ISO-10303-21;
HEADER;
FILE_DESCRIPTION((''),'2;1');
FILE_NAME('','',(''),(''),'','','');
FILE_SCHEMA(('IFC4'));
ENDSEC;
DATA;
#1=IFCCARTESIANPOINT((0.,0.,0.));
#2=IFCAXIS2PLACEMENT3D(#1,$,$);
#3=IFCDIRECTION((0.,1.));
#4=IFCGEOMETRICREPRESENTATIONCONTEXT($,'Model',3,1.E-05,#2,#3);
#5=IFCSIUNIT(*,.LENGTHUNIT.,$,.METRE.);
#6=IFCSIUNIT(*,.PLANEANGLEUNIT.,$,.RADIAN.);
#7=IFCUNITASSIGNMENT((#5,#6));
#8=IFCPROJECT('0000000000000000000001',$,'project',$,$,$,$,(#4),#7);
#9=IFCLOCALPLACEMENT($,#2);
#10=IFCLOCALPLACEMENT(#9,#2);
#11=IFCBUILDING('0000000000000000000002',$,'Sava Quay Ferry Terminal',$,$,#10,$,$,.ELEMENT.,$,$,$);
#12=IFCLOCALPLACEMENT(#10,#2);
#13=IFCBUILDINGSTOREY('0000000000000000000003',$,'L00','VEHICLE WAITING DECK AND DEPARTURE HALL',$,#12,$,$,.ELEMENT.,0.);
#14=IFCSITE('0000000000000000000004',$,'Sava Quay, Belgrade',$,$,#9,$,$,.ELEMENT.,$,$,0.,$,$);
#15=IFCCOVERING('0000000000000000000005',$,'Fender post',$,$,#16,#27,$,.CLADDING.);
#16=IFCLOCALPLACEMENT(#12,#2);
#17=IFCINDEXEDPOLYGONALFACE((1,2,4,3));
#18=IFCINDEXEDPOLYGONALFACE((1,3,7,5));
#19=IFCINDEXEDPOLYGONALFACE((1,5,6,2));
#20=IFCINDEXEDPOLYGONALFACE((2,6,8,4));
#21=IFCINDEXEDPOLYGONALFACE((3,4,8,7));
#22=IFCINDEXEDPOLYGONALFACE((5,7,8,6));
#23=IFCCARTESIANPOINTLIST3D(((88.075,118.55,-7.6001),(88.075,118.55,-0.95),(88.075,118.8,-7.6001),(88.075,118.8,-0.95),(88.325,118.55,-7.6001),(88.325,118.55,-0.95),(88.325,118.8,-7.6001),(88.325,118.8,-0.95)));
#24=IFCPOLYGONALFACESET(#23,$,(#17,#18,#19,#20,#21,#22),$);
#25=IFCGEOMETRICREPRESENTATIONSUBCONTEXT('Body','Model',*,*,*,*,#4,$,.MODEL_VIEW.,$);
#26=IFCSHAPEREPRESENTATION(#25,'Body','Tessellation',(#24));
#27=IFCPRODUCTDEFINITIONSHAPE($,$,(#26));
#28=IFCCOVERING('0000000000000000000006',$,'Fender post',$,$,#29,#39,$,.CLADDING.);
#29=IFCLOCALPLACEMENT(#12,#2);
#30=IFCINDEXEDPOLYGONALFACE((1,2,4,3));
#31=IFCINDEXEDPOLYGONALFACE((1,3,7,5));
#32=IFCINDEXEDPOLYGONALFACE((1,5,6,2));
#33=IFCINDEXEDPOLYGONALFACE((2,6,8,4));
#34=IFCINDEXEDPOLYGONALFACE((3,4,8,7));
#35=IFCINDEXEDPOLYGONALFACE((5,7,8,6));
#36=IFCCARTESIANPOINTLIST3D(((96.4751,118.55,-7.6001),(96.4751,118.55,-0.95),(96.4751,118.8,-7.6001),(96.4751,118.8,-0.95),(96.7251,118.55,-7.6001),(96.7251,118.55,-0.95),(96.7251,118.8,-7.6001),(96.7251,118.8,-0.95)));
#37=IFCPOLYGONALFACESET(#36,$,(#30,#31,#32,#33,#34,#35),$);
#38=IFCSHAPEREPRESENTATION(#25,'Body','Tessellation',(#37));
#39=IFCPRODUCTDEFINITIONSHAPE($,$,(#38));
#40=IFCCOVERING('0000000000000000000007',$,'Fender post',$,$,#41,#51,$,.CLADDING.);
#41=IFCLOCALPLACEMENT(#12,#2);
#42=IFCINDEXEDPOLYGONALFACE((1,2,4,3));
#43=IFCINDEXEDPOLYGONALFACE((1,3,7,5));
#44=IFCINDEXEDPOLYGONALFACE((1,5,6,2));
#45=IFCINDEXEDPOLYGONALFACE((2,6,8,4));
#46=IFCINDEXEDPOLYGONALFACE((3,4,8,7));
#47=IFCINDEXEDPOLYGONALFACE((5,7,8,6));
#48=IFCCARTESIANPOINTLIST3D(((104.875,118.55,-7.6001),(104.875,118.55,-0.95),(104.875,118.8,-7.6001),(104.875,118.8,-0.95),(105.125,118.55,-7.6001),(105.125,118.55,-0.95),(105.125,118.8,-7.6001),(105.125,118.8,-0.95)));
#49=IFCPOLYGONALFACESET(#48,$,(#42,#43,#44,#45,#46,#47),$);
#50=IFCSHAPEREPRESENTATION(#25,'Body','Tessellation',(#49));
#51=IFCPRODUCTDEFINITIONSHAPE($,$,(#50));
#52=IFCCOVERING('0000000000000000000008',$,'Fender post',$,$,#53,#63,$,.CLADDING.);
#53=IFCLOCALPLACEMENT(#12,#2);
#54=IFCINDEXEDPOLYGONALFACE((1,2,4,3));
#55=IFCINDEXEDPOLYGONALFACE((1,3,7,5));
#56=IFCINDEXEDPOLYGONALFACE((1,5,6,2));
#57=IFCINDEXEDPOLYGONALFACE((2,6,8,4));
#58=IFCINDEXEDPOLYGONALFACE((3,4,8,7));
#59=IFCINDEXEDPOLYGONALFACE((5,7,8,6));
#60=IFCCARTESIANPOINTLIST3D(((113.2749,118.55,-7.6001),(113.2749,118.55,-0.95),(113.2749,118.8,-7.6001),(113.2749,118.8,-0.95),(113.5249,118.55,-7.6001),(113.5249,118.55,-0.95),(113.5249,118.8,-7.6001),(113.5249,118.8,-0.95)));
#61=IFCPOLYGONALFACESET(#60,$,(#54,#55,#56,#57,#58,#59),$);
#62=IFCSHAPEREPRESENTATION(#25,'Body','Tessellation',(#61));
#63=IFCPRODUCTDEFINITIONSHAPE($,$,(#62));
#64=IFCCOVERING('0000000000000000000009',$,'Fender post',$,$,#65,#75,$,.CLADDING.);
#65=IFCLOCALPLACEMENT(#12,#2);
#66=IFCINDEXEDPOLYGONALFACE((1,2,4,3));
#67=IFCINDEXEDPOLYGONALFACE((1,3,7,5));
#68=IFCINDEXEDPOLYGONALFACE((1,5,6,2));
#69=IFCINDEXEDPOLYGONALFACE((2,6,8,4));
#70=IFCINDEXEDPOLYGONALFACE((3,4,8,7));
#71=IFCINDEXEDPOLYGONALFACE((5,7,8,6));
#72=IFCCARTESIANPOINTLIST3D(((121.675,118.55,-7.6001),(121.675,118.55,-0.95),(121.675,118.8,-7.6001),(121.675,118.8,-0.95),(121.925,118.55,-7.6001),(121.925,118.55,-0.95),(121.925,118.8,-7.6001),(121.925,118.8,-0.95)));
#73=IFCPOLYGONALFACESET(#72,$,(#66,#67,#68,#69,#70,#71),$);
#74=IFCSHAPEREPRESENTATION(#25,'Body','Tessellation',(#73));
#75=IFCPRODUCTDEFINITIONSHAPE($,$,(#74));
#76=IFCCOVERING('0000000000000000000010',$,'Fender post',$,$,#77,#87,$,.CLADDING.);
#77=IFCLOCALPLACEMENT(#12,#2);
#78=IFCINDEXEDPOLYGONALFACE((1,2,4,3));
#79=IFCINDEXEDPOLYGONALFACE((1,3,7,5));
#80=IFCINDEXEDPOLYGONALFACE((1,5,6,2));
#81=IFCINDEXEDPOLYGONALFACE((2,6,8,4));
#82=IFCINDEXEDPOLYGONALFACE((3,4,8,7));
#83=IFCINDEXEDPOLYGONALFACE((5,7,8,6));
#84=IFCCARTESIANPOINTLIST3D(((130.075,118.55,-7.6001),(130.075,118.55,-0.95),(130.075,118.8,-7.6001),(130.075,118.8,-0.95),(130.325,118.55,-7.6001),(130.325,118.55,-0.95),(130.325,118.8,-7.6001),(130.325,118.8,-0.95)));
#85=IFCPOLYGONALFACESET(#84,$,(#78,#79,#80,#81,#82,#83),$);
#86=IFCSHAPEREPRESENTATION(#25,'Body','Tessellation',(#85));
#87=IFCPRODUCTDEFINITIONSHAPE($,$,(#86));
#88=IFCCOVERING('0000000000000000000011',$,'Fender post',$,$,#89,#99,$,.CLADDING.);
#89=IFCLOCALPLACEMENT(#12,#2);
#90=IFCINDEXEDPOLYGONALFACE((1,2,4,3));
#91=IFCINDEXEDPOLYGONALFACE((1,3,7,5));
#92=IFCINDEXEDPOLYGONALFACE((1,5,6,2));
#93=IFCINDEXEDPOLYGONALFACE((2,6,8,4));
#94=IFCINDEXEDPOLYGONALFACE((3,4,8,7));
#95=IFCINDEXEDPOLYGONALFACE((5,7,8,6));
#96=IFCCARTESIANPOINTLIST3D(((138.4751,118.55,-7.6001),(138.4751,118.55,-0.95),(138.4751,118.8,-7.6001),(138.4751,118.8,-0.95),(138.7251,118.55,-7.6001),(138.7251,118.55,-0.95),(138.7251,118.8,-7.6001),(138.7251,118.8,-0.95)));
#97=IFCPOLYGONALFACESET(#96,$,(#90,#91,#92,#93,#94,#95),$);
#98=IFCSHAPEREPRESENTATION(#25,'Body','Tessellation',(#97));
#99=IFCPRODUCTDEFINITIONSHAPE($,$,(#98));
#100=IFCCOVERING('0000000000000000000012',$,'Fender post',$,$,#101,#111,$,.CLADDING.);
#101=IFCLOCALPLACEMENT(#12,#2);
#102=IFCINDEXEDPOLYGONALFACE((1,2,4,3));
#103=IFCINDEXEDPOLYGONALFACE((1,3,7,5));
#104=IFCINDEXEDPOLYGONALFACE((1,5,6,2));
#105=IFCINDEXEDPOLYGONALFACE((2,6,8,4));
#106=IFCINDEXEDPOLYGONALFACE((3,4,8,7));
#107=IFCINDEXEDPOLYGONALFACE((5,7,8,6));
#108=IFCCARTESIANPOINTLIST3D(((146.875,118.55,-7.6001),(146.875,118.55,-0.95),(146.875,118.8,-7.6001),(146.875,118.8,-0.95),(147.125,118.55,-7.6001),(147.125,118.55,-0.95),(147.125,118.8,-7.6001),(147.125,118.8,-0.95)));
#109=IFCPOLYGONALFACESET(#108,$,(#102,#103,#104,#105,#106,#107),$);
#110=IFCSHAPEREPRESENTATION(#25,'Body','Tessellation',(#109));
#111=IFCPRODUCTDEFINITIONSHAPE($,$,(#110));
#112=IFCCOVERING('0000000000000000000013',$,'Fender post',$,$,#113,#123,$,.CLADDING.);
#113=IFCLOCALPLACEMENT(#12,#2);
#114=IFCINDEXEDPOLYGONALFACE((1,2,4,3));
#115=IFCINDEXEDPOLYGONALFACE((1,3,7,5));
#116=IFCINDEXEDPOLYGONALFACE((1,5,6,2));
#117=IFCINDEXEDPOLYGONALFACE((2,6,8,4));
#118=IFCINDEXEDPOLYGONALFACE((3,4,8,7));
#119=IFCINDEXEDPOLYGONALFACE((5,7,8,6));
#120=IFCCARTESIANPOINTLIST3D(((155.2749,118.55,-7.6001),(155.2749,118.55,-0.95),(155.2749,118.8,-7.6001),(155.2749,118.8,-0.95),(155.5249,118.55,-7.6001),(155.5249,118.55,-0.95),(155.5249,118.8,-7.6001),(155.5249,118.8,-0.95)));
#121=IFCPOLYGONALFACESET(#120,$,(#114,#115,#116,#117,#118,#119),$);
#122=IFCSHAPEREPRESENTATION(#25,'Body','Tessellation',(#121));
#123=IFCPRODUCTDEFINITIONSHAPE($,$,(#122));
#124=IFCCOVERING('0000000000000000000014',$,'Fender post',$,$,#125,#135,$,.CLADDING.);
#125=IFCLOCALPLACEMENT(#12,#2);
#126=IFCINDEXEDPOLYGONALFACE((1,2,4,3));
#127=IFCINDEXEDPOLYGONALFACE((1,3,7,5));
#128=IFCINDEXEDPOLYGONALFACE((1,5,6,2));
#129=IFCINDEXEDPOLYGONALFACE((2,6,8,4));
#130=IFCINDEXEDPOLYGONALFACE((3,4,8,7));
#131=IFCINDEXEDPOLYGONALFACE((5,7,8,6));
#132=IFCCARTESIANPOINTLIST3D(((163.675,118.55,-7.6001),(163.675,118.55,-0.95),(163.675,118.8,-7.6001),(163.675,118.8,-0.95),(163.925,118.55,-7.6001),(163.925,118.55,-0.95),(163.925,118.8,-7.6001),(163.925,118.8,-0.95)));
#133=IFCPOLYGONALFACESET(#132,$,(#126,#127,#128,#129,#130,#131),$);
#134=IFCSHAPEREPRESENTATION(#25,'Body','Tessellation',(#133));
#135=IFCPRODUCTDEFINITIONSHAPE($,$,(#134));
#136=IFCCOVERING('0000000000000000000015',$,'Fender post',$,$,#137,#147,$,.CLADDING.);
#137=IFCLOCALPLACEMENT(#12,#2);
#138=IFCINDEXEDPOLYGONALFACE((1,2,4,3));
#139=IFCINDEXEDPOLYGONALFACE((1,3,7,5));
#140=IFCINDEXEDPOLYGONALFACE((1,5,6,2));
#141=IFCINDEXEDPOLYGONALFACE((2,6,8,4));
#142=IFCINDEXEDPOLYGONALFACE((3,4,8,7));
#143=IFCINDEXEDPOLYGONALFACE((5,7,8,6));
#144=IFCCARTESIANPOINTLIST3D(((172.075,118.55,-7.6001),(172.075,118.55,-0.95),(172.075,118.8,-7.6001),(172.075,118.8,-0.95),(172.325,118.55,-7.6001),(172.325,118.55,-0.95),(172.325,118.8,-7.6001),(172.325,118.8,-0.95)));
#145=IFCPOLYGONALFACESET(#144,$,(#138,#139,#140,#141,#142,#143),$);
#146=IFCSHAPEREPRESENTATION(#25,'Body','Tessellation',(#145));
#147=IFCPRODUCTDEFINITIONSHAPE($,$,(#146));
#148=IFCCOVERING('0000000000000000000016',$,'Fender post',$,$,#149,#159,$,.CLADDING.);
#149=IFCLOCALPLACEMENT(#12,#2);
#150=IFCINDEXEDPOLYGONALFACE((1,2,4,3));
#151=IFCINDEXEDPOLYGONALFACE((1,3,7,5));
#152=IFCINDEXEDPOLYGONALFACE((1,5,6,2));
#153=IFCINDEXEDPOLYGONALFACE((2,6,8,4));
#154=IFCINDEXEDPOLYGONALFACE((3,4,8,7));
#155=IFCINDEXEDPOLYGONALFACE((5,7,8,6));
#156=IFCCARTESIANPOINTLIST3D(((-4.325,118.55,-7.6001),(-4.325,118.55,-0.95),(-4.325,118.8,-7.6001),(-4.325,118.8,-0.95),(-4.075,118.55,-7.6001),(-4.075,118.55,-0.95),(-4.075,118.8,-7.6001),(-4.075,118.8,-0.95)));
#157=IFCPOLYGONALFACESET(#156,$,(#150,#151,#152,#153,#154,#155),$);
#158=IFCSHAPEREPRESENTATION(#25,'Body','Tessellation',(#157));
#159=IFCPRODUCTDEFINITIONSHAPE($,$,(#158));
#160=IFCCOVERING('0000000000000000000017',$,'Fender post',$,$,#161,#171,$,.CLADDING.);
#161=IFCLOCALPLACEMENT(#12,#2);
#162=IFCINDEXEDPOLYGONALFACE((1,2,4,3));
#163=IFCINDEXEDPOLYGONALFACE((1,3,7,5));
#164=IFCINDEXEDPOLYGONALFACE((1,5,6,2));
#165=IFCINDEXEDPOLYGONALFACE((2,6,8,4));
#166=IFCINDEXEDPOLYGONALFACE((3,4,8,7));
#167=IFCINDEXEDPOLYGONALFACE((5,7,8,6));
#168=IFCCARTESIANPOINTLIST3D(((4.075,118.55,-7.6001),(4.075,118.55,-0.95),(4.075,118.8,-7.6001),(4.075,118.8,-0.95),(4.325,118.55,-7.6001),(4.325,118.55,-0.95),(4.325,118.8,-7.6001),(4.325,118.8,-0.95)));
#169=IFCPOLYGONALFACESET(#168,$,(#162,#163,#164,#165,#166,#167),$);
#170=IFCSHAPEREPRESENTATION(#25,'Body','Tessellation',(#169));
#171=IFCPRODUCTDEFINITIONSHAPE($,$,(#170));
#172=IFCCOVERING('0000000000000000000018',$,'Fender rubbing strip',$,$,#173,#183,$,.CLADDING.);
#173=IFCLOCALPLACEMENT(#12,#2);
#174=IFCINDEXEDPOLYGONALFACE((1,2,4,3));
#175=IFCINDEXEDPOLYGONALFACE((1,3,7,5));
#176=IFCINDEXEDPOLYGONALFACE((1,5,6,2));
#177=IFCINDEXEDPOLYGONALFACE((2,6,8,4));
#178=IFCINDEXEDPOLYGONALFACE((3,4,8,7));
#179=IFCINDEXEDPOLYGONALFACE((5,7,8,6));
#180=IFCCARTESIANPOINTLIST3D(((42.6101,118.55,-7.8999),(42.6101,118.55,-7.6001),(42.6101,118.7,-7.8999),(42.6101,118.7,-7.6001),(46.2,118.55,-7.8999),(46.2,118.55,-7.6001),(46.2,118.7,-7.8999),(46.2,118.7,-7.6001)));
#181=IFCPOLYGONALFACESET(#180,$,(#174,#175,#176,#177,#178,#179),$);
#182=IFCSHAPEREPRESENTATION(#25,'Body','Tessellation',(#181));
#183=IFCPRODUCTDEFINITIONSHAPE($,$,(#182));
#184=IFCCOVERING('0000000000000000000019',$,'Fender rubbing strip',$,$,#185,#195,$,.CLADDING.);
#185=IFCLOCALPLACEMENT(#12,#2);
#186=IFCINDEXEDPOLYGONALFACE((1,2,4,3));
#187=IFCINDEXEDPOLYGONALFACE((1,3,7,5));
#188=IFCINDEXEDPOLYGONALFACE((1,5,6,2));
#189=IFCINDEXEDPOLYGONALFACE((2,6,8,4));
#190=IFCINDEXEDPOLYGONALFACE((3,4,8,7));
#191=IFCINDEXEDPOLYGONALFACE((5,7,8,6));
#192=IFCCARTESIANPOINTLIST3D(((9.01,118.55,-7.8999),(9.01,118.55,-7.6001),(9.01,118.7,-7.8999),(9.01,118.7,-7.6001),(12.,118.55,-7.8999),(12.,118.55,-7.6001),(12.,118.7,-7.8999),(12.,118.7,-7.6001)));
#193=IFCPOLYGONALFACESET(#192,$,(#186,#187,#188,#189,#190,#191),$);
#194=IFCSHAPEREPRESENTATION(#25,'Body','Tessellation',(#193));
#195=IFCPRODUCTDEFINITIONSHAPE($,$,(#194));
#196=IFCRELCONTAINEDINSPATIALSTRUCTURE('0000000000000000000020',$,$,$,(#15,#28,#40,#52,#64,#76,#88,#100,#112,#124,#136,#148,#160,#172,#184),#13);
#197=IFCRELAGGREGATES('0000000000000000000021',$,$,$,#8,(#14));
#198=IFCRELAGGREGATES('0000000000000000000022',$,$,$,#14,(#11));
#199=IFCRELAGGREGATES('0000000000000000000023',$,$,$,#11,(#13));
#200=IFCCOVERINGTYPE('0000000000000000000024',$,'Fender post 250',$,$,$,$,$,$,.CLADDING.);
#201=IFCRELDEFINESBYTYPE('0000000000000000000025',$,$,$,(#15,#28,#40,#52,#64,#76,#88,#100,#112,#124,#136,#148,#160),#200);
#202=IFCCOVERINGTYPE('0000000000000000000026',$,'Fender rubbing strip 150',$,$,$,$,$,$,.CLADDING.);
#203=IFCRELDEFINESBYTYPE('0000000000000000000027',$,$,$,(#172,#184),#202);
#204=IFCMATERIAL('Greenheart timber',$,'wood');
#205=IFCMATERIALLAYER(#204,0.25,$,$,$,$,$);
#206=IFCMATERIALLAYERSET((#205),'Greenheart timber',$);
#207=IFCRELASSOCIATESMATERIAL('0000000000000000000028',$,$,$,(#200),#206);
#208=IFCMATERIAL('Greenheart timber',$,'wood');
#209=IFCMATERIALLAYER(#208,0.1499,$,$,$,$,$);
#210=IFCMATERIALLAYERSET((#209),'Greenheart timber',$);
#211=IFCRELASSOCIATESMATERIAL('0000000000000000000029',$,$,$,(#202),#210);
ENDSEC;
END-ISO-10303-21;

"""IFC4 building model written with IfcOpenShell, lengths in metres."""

from ifc_helpers import new_model, si_unit, direction, frame, origin, place, context, subcontext, project, spatial, polyline, outline, extrude, material, layer, layer_set, type_object, element, save


model = new_model("IFC4")

# Units and contexts
model_context = context("Model", 3, precision=1e-05, world=origin(), true_north=direction((0.0, 1.0)))
body_context = subcontext(model_context, "Body", "Model", "MODEL_VIEW")
ifc_project = project(units=[si_unit("LENGTHUNIT", "METRE"), si_unit("PLANEANGLEUNIT", "RADIAN")], contexts=[model_context])

# Site, building, storey
site_placement = place(None, origin())
site = spatial("IfcSite", under=ifc_project, at=site_placement, Name="Sava Quay, Belgrade", CompositionType="ELEMENT", RefElevation=0.0)
building_placement = place(site_placement, origin())
building = spatial("IfcBuilding", under=site, at=building_placement, Name="Sava Quay Ferry Terminal", CompositionType="ELEMENT")
storey_placement = place(building_placement, origin())
storey = spatial("IfcBuildingStorey", under=building, at=storey_placement, Name="L00", Description="VEHICLE WAITING DECK AND DEPARTURE HALL", CompositionType="ELEMENT", Elevation=0.0)

# Coverings
ifc_material_1 = material(Name="Greenheart timber", Category="wood")
ifc_layer_1 = layer(ifc_material_1, 0.25)
ifc_layer_set_1 = layer_set([ifc_layer_1], Name="Greenheart timber")
covering_type_1 = type_object("IfcCoveringType", Name="Fender post 250", PredefinedType="CLADDING", material=ifc_layer_set_1)
covering_1_placement = place(storey_placement, frame((0.0, 0.0, -7.6001)))
element("IfcCovering", 1, at=covering_1_placement, inside=storey, type_object=covering_type_1, Name="Fender post", PredefinedType="CLADDING", context=body_context, shape_type="SweptSolid", body=[
    extrude(outline(polyline([(88.325, 118.55), (88.325, 118.8), (88.075, 118.8), (88.075, 118.55), (88.325, 118.55)])), origin(), (0.0, 0.0, 1.0), 6.6501),
])
covering_2_placement = place(storey_placement, frame((0.0, 0.0, -7.6001)))
element("IfcCovering", 2, at=covering_2_placement, inside=storey, type_object=covering_type_1, Name="Fender post", PredefinedType="CLADDING", context=body_context, shape_type="SweptSolid", body=[
    extrude(outline(polyline([(96.7251, 118.55), (96.7251, 118.8), (96.4751, 118.8), (96.4751, 118.55), (96.7251, 118.55)])), origin(), (0.0, 0.0, 1.0), 6.6501),
])
covering_3_placement = place(storey_placement, frame((0.0, 0.0, -7.6001)))
element("IfcCovering", 3, at=covering_3_placement, inside=storey, type_object=covering_type_1, Name="Fender post", PredefinedType="CLADDING", context=body_context, shape_type="SweptSolid", body=[
    extrude(outline(polyline([(105.125, 118.55), (105.125, 118.8), (104.875, 118.8), (104.875, 118.55), (105.125, 118.55)])), origin(), (0.0, 0.0, 1.0), 6.6501),
])
covering_4_placement = place(storey_placement, frame((0.0, 0.0, -7.6001)))
element("IfcCovering", 4, at=covering_4_placement, inside=storey, type_object=covering_type_1, Name="Fender post", PredefinedType="CLADDING", context=body_context, shape_type="SweptSolid", body=[
    extrude(outline(polyline([(113.5249, 118.55), (113.5249, 118.8), (113.2749, 118.8), (113.2749, 118.55), (113.5249, 118.55)])), origin(), (0.0, 0.0, 1.0), 6.6501),
])
covering_5_placement = place(storey_placement, frame((0.0, 0.0, -7.6001)))
element("IfcCovering", 5, at=covering_5_placement, inside=storey, type_object=covering_type_1, Name="Fender post", PredefinedType="CLADDING", context=body_context, shape_type="SweptSolid", body=[
    extrude(outline(polyline([(121.925, 118.55), (121.925, 118.8), (121.675, 118.8), (121.675, 118.55), (121.925, 118.55)])), origin(), (0.0, 0.0, 1.0), 6.6501),
])
covering_6_placement = place(storey_placement, frame((0.0, 0.0, -7.6001)))
element("IfcCovering", 6, at=covering_6_placement, inside=storey, type_object=covering_type_1, Name="Fender post", PredefinedType="CLADDING", context=body_context, shape_type="SweptSolid", body=[
    extrude(outline(polyline([(130.325, 118.55), (130.325, 118.8), (130.075, 118.8), (130.075, 118.55), (130.325, 118.55)])), origin(), (0.0, 0.0, 1.0), 6.6501),
])
covering_7_placement = place(storey_placement, frame((0.0, 0.0, -7.6001)))
element("IfcCovering", 7, at=covering_7_placement, inside=storey, type_object=covering_type_1, Name="Fender post", PredefinedType="CLADDING", context=body_context, shape_type="SweptSolid", body=[
    extrude(outline(polyline([(138.7251, 118.55), (138.7251, 118.8), (138.4751, 118.8), (138.4751, 118.55), (138.7251, 118.55)])), origin(), (0.0, 0.0, 1.0), 6.6501),
])
covering_8_placement = place(storey_placement, frame((0.0, 0.0, -7.6001)))
element("IfcCovering", 8, at=covering_8_placement, inside=storey, type_object=covering_type_1, Name="Fender post", PredefinedType="CLADDING", context=body_context, shape_type="SweptSolid", body=[
    extrude(outline(polyline([(147.125, 118.55), (147.125, 118.8), (146.875, 118.8), (146.875, 118.55), (147.125, 118.55)])), origin(), (0.0, 0.0, 1.0), 6.6501),
])
covering_9_placement = place(storey_placement, frame((0.0, 0.0, -7.6001)))
element("IfcCovering", 9, at=covering_9_placement, inside=storey, type_object=covering_type_1, Name="Fender post", PredefinedType="CLADDING", context=body_context, shape_type="SweptSolid", body=[
    extrude(outline(polyline([(155.5249, 118.55), (155.5249, 118.8), (155.2749, 118.8), (155.2749, 118.55), (155.5249, 118.55)])), origin(), (0.0, 0.0, 1.0), 6.6501),
])
covering_10_placement = place(storey_placement, frame((0.0, 0.0, -7.6001)))
element("IfcCovering", 10, at=covering_10_placement, inside=storey, type_object=covering_type_1, Name="Fender post", PredefinedType="CLADDING", context=body_context, shape_type="SweptSolid", body=[
    extrude(outline(polyline([(163.925, 118.55), (163.925, 118.8), (163.675, 118.8), (163.675, 118.55), (163.925, 118.55)])), origin(), (0.0, 0.0, 1.0), 6.6501),
])
covering_11_placement = place(storey_placement, frame((0.0, 0.0, -7.6001)))
element("IfcCovering", 11, at=covering_11_placement, inside=storey, type_object=covering_type_1, Name="Fender post", PredefinedType="CLADDING", context=body_context, shape_type="SweptSolid", body=[
    extrude(outline(polyline([(172.325, 118.55), (172.325, 118.8), (172.075, 118.8), (172.075, 118.55), (172.325, 118.55)])), origin(), (0.0, 0.0, 1.0), 6.6501),
])
covering_12_placement = place(storey_placement, frame((0.0, 0.0, -7.6001)))
element("IfcCovering", 12, at=covering_12_placement, inside=storey, type_object=covering_type_1, Name="Fender post", PredefinedType="CLADDING", context=body_context, shape_type="SweptSolid", body=[
    extrude(outline(polyline([(-4.075, 118.55), (-4.075, 118.8), (-4.325, 118.8), (-4.325, 118.55), (-4.075, 118.55)])), origin(), (0.0, 0.0, 1.0), 6.6501),
])
covering_13_placement = place(storey_placement, frame((0.0, 0.0, -7.6001)))
element("IfcCovering", 13, at=covering_13_placement, inside=storey, type_object=covering_type_1, Name="Fender post", PredefinedType="CLADDING", context=body_context, shape_type="SweptSolid", body=[
    extrude(outline(polyline([(4.325, 118.55), (4.325, 118.8), (4.075, 118.8), (4.075, 118.55), (4.325, 118.55)])), origin(), (0.0, 0.0, 1.0), 6.6501),
])
ifc_material_2 = material(Name="Greenheart timber", Category="wood")
ifc_layer_2 = layer(ifc_material_2, 0.1499)
ifc_layer_set_2 = layer_set([ifc_layer_2], Name="Greenheart timber")
covering_type_2 = type_object("IfcCoveringType", Name="Fender rubbing strip 150", PredefinedType="CLADDING", material=ifc_layer_set_2)
covering_14_placement = place(storey_placement, frame((0.0, 0.0, -7.8999)))
element("IfcCovering", 14, at=covering_14_placement, inside=storey, type_object=covering_type_2, Name="Fender rubbing strip", PredefinedType="CLADDING", context=body_context, shape_type="SweptSolid", body=[
    extrude(outline(polyline([(46.2, 118.7), (42.6101, 118.7), (42.6101, 118.55), (46.2, 118.55), (46.2, 118.7)])), origin(), (0.0, 0.0, 1.0), 0.2998),
])
covering_15_placement = place(storey_placement, frame((0.0, 0.0, -7.8999)))
element("IfcCovering", 15, at=covering_15_placement, inside=storey, type_object=covering_type_2, Name="Fender rubbing strip", PredefinedType="CLADDING", context=body_context, shape_type="SweptSolid", body=[
    extrude(outline(polyline([(12.0, 118.7), (9.01, 118.7), (9.01, 118.55), (12.0, 118.55), (12.0, 118.7)])), origin(), (0.0, 0.0, 1.0), 0.2998),
])

save(model, "model.ifc")
